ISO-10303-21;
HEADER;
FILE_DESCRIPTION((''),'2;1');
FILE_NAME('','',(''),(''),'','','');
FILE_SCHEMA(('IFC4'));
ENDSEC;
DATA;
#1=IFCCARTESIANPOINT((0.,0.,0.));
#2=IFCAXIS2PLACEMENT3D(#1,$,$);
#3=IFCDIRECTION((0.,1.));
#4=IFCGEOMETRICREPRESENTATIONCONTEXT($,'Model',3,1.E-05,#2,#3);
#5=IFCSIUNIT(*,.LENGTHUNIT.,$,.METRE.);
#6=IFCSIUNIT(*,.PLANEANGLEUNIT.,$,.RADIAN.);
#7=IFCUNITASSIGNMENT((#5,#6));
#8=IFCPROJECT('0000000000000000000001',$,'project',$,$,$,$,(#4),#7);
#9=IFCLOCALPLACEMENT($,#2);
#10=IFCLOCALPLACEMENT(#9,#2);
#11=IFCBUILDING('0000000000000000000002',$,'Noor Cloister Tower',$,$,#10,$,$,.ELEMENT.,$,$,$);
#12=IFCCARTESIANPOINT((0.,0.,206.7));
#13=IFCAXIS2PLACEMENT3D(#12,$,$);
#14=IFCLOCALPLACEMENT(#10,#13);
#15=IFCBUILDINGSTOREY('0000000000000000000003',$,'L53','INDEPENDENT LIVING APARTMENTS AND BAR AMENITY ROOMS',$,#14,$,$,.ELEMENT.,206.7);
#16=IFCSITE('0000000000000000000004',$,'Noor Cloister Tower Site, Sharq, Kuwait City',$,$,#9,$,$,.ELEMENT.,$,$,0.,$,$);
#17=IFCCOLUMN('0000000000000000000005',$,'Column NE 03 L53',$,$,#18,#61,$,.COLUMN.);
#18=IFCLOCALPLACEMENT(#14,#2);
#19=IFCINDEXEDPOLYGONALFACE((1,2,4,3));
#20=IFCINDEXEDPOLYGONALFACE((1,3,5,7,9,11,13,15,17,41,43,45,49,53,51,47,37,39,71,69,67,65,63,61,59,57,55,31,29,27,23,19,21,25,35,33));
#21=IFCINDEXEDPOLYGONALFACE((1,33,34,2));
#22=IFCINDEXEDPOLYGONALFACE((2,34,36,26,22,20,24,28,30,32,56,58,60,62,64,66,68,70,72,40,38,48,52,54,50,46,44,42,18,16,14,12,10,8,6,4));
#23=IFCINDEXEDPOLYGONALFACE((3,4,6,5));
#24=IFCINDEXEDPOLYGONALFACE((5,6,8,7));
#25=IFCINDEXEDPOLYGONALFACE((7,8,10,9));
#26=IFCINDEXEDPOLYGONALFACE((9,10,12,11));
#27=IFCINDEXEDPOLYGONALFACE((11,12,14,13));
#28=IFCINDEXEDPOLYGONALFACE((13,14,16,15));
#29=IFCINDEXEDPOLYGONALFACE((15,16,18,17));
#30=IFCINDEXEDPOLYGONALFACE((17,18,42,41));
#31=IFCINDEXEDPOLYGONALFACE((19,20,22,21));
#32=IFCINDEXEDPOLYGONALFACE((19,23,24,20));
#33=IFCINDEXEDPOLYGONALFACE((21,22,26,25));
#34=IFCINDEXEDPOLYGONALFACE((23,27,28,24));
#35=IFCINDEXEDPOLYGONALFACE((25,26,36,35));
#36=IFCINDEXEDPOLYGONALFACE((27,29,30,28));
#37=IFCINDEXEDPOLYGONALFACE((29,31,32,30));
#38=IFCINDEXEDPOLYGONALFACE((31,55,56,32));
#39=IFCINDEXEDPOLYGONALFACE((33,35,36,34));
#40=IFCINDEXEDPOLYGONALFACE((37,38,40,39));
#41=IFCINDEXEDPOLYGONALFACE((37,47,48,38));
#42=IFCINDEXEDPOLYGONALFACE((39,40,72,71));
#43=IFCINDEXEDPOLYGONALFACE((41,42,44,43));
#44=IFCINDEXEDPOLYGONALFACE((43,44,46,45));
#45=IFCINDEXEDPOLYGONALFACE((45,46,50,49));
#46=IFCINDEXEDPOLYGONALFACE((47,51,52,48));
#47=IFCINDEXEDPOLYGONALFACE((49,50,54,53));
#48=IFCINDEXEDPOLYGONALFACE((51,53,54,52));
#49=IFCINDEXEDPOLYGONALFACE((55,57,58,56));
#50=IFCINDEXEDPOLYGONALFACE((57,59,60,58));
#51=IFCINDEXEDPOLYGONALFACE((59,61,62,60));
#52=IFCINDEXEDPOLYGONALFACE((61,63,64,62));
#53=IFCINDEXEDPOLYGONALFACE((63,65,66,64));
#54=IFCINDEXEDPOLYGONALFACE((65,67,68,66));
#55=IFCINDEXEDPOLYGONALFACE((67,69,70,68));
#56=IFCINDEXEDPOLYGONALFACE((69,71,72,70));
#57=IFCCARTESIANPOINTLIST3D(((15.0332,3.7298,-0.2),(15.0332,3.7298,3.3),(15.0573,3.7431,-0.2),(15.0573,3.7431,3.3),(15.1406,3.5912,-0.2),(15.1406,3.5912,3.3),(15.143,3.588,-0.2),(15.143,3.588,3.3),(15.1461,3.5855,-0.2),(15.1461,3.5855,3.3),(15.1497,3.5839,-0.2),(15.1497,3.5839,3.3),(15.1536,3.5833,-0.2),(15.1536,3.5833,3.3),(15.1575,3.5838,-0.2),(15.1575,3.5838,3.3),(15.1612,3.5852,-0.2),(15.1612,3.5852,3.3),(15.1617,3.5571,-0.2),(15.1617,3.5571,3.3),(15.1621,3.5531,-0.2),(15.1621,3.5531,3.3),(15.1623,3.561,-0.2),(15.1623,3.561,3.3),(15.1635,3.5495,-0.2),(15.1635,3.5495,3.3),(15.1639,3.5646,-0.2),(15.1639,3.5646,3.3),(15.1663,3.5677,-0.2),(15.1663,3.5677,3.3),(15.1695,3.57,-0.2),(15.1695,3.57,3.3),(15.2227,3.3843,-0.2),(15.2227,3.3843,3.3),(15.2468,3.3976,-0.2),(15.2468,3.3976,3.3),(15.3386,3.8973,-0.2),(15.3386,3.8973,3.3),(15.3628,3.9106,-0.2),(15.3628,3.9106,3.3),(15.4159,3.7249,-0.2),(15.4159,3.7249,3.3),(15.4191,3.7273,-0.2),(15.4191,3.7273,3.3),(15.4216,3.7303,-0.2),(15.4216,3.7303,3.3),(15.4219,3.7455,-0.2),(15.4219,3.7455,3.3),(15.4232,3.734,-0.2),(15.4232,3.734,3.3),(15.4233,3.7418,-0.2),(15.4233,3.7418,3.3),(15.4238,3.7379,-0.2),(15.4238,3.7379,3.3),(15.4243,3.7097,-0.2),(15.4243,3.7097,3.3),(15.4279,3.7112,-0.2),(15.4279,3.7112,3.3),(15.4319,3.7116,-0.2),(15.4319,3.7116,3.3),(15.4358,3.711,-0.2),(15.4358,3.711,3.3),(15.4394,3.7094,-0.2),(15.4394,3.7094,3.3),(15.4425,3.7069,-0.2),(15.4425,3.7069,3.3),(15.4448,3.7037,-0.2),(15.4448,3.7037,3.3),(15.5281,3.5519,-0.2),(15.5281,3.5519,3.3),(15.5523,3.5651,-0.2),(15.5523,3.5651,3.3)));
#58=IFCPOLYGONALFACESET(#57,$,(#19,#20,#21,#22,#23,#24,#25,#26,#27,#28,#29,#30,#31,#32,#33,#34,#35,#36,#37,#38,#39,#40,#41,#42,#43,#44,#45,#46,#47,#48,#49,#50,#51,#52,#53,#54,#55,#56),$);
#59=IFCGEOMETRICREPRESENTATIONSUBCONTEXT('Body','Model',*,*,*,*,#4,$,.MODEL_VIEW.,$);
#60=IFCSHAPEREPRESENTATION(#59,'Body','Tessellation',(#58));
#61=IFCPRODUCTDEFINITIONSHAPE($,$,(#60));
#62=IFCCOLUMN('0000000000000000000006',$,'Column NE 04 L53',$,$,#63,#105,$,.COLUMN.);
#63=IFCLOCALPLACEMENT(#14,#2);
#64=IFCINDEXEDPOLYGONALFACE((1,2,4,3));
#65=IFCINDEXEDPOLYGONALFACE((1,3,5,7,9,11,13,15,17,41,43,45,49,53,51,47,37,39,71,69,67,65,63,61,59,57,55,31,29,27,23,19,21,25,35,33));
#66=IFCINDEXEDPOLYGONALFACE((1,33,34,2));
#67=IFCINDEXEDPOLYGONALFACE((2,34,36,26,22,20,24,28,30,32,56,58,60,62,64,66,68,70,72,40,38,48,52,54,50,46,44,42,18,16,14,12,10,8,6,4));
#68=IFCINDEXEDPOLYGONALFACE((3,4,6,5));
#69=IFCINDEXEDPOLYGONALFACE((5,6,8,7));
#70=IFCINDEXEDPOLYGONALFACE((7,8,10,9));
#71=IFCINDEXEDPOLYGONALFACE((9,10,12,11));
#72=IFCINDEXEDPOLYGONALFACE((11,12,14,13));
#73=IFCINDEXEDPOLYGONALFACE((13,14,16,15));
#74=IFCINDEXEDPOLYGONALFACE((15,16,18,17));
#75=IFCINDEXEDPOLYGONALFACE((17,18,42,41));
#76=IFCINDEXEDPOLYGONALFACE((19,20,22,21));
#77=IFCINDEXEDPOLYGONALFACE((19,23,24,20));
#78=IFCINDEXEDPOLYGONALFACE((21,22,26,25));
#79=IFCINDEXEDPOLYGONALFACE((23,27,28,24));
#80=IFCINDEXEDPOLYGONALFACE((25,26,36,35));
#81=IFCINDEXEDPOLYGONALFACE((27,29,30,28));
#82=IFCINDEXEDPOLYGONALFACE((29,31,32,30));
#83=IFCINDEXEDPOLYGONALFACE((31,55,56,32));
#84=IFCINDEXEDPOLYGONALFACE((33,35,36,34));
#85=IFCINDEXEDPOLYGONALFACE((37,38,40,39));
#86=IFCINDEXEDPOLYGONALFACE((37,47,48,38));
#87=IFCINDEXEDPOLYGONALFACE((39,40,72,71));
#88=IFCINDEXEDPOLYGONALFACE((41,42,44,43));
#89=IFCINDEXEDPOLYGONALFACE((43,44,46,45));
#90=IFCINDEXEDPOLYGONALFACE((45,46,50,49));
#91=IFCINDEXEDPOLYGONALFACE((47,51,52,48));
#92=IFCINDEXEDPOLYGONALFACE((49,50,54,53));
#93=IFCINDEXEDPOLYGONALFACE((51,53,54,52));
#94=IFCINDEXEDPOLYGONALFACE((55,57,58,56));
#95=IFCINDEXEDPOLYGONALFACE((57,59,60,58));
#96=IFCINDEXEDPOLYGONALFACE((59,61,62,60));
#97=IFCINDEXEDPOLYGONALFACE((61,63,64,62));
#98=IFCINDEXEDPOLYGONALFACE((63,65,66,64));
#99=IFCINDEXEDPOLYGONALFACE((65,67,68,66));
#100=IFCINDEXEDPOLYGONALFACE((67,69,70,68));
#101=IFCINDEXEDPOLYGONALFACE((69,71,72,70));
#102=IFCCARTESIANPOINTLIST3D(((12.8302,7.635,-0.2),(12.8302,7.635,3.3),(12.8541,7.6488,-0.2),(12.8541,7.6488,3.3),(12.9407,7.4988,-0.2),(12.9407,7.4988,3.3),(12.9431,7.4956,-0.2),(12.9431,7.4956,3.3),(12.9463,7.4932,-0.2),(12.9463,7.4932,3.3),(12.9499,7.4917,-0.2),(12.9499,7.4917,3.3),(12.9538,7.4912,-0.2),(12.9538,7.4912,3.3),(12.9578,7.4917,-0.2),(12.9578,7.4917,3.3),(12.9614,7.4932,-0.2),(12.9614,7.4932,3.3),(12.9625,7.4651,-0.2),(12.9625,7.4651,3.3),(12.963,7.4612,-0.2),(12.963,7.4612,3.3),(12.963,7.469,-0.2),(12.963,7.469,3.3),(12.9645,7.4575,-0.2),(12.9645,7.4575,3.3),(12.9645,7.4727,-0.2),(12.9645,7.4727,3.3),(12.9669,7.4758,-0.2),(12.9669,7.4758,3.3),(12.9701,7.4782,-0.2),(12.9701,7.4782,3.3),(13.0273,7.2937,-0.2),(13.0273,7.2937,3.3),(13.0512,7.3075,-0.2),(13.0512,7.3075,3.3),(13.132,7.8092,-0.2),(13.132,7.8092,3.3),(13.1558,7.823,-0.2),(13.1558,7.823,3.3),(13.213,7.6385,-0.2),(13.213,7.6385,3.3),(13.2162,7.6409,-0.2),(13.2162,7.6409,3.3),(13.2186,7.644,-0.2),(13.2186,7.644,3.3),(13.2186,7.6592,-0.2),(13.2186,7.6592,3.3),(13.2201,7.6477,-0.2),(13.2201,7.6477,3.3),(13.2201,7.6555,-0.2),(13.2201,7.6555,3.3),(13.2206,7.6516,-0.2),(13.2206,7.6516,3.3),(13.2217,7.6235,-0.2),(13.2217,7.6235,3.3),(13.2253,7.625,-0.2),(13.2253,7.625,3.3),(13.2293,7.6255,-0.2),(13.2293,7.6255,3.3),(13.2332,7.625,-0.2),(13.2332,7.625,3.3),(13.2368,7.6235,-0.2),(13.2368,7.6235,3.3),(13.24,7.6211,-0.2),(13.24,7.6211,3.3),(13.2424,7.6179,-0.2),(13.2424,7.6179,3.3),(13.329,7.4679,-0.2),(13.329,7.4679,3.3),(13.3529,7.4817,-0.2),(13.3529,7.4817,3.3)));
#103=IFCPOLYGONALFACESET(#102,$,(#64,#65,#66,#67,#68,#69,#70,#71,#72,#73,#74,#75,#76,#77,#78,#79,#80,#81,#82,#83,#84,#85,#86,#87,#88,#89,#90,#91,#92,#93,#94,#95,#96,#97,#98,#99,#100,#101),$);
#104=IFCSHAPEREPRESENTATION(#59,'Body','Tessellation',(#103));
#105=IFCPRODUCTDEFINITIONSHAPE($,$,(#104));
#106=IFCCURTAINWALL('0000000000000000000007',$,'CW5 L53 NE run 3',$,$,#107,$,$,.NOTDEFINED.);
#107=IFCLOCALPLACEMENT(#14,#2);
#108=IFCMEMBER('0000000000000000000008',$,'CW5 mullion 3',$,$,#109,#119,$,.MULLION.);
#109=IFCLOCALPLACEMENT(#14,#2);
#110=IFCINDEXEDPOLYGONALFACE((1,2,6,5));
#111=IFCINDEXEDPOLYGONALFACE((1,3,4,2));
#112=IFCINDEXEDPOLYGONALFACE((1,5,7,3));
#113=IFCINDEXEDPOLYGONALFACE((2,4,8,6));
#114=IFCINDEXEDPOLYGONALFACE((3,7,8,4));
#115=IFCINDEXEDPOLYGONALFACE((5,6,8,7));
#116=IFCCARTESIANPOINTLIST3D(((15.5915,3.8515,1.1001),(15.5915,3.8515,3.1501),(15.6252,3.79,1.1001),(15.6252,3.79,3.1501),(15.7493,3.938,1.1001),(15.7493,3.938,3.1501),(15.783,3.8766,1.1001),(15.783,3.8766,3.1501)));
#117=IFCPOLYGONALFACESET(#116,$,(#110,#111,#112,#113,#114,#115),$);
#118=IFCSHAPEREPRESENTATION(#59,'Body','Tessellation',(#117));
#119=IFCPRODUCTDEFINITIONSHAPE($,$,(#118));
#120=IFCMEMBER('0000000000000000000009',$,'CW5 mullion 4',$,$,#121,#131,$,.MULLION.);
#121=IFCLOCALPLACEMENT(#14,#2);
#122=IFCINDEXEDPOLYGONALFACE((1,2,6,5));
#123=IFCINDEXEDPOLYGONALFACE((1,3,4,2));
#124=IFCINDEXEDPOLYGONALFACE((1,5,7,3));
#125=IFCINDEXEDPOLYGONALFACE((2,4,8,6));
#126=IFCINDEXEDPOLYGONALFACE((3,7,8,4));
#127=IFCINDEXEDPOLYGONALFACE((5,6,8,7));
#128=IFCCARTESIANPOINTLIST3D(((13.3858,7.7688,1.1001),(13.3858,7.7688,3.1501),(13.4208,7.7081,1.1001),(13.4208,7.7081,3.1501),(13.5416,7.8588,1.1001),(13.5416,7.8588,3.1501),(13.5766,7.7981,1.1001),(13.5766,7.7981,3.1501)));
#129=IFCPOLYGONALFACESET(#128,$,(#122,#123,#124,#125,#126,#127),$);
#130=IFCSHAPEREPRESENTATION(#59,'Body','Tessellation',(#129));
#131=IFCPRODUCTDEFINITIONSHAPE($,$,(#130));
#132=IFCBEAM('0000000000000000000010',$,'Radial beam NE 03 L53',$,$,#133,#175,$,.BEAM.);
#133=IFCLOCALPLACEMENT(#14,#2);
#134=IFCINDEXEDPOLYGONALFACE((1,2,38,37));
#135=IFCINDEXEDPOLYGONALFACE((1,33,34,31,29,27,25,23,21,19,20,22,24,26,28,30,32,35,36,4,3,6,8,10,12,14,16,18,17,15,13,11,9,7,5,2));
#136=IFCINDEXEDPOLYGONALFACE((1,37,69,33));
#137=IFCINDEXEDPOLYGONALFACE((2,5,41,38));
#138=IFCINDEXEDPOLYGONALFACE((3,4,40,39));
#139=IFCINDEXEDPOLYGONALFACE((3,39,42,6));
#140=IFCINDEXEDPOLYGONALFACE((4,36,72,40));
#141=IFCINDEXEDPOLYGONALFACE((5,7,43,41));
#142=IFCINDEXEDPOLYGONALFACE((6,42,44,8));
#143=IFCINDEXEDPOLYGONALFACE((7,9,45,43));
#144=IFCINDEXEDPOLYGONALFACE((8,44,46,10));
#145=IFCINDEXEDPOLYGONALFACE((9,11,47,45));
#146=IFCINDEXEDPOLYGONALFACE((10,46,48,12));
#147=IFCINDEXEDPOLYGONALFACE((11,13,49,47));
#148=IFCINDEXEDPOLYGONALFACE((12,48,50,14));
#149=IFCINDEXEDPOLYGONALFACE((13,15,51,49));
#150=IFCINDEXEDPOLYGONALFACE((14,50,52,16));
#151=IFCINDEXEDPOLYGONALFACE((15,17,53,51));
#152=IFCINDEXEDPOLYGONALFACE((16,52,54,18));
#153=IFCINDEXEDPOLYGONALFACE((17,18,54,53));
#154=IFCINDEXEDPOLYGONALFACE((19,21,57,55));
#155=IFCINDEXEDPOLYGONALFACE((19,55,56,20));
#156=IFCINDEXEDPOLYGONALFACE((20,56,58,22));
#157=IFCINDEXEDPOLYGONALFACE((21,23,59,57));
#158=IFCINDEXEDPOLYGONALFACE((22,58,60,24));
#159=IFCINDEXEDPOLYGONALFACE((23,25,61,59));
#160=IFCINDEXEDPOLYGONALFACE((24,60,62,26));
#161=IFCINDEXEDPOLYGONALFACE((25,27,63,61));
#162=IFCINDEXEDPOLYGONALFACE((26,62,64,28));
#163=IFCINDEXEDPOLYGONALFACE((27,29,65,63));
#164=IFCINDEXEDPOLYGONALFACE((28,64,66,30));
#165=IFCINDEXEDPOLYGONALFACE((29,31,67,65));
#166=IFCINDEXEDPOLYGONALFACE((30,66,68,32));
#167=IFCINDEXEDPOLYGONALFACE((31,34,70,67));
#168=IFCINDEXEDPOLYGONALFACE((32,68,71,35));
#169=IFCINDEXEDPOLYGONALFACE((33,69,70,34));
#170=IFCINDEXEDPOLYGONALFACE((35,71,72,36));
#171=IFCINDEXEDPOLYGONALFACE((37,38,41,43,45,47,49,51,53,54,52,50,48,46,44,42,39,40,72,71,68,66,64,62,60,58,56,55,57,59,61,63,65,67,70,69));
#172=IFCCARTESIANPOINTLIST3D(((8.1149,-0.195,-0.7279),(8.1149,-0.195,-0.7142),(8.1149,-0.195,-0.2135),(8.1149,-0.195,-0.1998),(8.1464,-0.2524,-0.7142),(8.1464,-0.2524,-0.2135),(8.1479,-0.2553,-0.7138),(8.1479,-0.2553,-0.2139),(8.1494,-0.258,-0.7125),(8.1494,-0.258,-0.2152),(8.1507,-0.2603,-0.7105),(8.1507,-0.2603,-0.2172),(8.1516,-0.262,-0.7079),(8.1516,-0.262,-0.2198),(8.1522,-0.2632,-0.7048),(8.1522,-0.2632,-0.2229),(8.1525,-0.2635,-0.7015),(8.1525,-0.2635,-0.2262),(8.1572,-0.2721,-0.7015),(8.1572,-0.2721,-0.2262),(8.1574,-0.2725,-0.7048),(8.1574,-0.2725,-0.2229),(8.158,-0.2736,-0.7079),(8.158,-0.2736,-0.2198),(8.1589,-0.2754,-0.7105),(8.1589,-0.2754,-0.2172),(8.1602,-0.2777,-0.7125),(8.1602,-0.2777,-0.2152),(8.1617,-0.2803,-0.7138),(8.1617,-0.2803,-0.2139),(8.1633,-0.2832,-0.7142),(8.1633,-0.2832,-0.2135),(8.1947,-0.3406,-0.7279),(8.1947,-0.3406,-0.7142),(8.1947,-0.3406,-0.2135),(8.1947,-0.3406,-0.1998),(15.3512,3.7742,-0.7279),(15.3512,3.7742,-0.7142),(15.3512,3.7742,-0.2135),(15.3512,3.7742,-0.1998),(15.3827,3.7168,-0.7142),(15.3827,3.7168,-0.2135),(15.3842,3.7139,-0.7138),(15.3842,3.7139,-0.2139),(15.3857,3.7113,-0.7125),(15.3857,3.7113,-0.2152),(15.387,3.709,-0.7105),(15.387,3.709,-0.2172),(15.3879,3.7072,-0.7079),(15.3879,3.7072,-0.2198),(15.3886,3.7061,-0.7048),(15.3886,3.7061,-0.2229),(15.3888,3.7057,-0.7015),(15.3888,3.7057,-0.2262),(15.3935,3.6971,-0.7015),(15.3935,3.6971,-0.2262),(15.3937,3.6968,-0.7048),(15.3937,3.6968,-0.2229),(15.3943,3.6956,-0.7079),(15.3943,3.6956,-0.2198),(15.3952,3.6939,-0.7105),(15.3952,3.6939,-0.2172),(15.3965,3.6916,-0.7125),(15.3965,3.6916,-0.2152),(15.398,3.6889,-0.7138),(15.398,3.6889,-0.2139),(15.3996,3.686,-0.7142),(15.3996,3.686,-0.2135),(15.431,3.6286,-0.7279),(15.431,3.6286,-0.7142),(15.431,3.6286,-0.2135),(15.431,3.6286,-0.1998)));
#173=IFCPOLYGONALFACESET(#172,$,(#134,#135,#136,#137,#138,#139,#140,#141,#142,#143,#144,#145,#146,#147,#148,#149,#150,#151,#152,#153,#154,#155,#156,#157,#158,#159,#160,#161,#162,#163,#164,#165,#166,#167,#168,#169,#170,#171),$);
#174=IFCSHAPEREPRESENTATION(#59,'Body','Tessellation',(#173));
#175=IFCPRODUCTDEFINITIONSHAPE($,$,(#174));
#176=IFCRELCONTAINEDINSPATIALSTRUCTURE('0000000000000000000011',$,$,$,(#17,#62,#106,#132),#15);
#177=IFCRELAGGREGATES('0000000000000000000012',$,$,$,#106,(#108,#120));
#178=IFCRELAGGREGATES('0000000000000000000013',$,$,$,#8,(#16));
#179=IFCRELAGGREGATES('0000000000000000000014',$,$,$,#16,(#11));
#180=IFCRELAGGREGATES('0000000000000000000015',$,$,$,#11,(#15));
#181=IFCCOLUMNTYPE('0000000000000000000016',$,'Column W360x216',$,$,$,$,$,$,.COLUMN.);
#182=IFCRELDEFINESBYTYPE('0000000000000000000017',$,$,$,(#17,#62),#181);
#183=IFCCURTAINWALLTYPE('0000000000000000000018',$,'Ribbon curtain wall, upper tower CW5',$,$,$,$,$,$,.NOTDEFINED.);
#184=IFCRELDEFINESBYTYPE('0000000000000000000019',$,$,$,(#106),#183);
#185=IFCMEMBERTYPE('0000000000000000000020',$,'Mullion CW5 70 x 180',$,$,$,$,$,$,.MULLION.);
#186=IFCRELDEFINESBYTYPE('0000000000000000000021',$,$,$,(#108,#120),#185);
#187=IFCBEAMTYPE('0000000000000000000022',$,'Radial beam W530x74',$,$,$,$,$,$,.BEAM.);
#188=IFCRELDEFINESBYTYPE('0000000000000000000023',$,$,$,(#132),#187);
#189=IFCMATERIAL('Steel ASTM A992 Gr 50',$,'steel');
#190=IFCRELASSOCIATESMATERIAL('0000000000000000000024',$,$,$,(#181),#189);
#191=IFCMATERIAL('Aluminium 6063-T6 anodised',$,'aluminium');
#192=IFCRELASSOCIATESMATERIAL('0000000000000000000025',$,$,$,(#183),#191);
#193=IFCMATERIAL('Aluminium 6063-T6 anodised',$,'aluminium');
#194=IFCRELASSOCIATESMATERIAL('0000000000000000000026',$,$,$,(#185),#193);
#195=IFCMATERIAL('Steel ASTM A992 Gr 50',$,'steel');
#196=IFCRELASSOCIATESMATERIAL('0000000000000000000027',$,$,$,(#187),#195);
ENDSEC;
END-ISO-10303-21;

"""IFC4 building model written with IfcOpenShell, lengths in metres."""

from ifc_helpers import new_model, si_unit, direction, frame, origin, origin_2d, place, context, subcontext, project, spatial, rectangle, i_section, extrude, material, material_profile, profile_set, type_object, element, aggregate, save


model = new_model("IFC4")

# Units and contexts
model_context = context("Model", 3, precision=1e-05, world=origin(), true_north=direction((0.0, 1.0)))
body_context = subcontext(model_context, "Body", "Model", "MODEL_VIEW")
ifc_project = project(units=[si_unit("LENGTHUNIT", "METRE"), si_unit("PLANEANGLEUNIT", "RADIAN")], contexts=[model_context])

# Site, building, storey
site_placement = place(None, origin())
site = spatial("IfcSite", under=ifc_project, at=site_placement, Name="Noor Cloister Tower Site, Sharq, Kuwait City", CompositionType="ELEMENT", RefElevation=0.0)
building_placement = place(site_placement, origin())
building = spatial("IfcBuilding", under=site, at=building_placement, Name="Noor Cloister Tower", CompositionType="ELEMENT")
storey_placement = place(building_placement, frame((0.0, 0.0, 206.7)))
storey = spatial("IfcBuildingStorey", under=building, at=storey_placement, Name="L53", Description="INDEPENDENT LIVING APARTMENTS AND BAR AMENITY ROOMS", CompositionType="ELEMENT", Elevation=206.7)

# Columns
ifc_material_1 = material(Name="Steel ASTM A992 Gr 50", Category="steel")
ifc_material_profile_1 = material_profile(ifc_material_1, i_section(OverallWidth=0.394, OverallDepth=0.376, WebThickness=0.0173, FlangeThickness=0.0276, FilletRadius=0.0151, at=origin_2d()), Name="W360x216")
ifc_profile_set_1 = profile_set([ifc_material_profile_1], Name="Steel ASTM A992 Gr 50")
column_type = type_object("IfcColumnType", Name="Column W360x216", PredefinedType="COLUMN", material=ifc_profile_set_1)
for number, where, z_axis, x_axis, name in (
    (1, (15.2927, 3.6475, -0.2), (0.0, 0.0, 1.0), (-0.480923, 0.876763, 0.0), "Column NE 03 L53"),
    (2, (13.0916, 7.5583, -0.2), (0.0, 0.0, 1.0), (-0.5, 0.866025, 0.0), "Column NE 04 L53"),
):
    element("IfcColumn", number, at=place(storey_placement, frame(where, z_axis=z_axis, x_axis=x_axis)), inside=storey, type_object=column_type, Name=name, PredefinedType="COLUMN", context=body_context, shape_type="SweptSolid", body=[
        extrude(i_section(OverallWidth=0.394, OverallDepth=0.376, WebThickness=0.0173, FlangeThickness=0.0276, FilletRadius=0.0151, at=origin_2d()), origin(), (0.0, 0.0, 1.0), 3.5),
    ])

# Curtain wall, members
ifc_material_2 = material(Name="Aluminium 6063-T6 anodised", Category="aluminium")
curtain_wall_type = type_object("IfcCurtainWallType", Name="Ribbon curtain wall, upper tower CW5", PredefinedType="NOTDEFINED", material=ifc_material_2)
curtain_wall_placement = place(storey_placement, origin())
curtain_wall = element("IfcCurtainWall", 3, at=curtain_wall_placement, inside=storey, type_object=curtain_wall_type, Name="CW5 L53 NE run 3", PredefinedType="NOTDEFINED")
ifc_material_3 = material(Name="Aluminium 6063-T6 anodised", Category="aluminium")
ifc_material_profile_2 = material_profile(ifc_material_3, rectangle(XDim=0.1799, YDim=0.0701, at=origin_2d()), Name="180 x 70 mullion")
ifc_profile_set_2 = profile_set([ifc_material_profile_2], Name="Aluminium 6063-T6 anodised")
member_type = type_object("IfcMemberType", Name="Mullion CW5 70 x 180", PredefinedType="MULLION", material=ifc_profile_set_2)
member_1_placement = place(storey_placement, frame((15.6873, 3.864, 1.1001), z_axis=(0.0, 0.0, 1.0), x_axis=(-0.876763, -0.480923, 0.0)))
member_1 = element("IfcMember", 4, at=member_1_placement, type_object=member_type, Name="CW5 mullion 3", PredefinedType="MULLION", context=body_context, shape_type="SweptSolid", body=[
    extrude(rectangle(XDim=0.1799, YDim=0.0701, at=origin_2d()), origin(), (0.0, 0.0, 1.0), 2.05),
])
member_2_placement = place(storey_placement, frame((13.4812, 7.7834, 1.1001), z_axis=(0.0, 0.0, 1.0), x_axis=(-0.866025, -0.5, 0.0)))
member_2 = element("IfcMember", 5, at=member_2_placement, type_object=member_type, Name="CW5 mullion 4", PredefinedType="MULLION", context=body_context, shape_type="SweptSolid", body=[
    extrude(rectangle(XDim=0.1799, YDim=0.0701, at=origin_2d()), origin(), (0.0, 0.0, 1.0), 2.05),
])

# Beam
ifc_material_4 = material(Name="Steel ASTM A992 Gr 50", Category="steel")
ifc_material_profile_3 = material_profile(ifc_material_4, i_section(OverallWidth=0.166, OverallDepth=0.5281, WebThickness=0.0098, FlangeThickness=0.0137, FilletRadius=0.0127, at=origin_2d()), Name="W530x74")
ifc_profile_set_3 = profile_set([ifc_material_profile_3], Name="Steel ASTM A992 Gr 50")
beam_type_1 = type_object("IfcBeamType", Name="Radial beam W530x74", PredefinedType="BEAM", material=ifc_profile_set_3)
beam_1_placement = place(storey_placement, frame((15.3911, 3.7014, -0.4639), z_axis=(-0.876765, -0.480919, 0.0), x_axis=(0.480919, -0.876765, 0.0)))
element("IfcBeam", 6, at=beam_1_placement, inside=storey, type_object=beam_type_1, Name="Radial beam NE 03 L53", PredefinedType="BEAM", context=body_context, shape_type="SweptSolid", body=[
    extrude(i_section(OverallWidth=0.166, OverallDepth=0.5281, WebThickness=0.0098, FlangeThickness=0.0137, FilletRadius=0.0127, at=origin_2d()), origin(), (0.0, 0.0, 1.0), 8.2534),
])

aggregate(curtain_wall, [member_1, member_2])

save(model, "model.ifc")
